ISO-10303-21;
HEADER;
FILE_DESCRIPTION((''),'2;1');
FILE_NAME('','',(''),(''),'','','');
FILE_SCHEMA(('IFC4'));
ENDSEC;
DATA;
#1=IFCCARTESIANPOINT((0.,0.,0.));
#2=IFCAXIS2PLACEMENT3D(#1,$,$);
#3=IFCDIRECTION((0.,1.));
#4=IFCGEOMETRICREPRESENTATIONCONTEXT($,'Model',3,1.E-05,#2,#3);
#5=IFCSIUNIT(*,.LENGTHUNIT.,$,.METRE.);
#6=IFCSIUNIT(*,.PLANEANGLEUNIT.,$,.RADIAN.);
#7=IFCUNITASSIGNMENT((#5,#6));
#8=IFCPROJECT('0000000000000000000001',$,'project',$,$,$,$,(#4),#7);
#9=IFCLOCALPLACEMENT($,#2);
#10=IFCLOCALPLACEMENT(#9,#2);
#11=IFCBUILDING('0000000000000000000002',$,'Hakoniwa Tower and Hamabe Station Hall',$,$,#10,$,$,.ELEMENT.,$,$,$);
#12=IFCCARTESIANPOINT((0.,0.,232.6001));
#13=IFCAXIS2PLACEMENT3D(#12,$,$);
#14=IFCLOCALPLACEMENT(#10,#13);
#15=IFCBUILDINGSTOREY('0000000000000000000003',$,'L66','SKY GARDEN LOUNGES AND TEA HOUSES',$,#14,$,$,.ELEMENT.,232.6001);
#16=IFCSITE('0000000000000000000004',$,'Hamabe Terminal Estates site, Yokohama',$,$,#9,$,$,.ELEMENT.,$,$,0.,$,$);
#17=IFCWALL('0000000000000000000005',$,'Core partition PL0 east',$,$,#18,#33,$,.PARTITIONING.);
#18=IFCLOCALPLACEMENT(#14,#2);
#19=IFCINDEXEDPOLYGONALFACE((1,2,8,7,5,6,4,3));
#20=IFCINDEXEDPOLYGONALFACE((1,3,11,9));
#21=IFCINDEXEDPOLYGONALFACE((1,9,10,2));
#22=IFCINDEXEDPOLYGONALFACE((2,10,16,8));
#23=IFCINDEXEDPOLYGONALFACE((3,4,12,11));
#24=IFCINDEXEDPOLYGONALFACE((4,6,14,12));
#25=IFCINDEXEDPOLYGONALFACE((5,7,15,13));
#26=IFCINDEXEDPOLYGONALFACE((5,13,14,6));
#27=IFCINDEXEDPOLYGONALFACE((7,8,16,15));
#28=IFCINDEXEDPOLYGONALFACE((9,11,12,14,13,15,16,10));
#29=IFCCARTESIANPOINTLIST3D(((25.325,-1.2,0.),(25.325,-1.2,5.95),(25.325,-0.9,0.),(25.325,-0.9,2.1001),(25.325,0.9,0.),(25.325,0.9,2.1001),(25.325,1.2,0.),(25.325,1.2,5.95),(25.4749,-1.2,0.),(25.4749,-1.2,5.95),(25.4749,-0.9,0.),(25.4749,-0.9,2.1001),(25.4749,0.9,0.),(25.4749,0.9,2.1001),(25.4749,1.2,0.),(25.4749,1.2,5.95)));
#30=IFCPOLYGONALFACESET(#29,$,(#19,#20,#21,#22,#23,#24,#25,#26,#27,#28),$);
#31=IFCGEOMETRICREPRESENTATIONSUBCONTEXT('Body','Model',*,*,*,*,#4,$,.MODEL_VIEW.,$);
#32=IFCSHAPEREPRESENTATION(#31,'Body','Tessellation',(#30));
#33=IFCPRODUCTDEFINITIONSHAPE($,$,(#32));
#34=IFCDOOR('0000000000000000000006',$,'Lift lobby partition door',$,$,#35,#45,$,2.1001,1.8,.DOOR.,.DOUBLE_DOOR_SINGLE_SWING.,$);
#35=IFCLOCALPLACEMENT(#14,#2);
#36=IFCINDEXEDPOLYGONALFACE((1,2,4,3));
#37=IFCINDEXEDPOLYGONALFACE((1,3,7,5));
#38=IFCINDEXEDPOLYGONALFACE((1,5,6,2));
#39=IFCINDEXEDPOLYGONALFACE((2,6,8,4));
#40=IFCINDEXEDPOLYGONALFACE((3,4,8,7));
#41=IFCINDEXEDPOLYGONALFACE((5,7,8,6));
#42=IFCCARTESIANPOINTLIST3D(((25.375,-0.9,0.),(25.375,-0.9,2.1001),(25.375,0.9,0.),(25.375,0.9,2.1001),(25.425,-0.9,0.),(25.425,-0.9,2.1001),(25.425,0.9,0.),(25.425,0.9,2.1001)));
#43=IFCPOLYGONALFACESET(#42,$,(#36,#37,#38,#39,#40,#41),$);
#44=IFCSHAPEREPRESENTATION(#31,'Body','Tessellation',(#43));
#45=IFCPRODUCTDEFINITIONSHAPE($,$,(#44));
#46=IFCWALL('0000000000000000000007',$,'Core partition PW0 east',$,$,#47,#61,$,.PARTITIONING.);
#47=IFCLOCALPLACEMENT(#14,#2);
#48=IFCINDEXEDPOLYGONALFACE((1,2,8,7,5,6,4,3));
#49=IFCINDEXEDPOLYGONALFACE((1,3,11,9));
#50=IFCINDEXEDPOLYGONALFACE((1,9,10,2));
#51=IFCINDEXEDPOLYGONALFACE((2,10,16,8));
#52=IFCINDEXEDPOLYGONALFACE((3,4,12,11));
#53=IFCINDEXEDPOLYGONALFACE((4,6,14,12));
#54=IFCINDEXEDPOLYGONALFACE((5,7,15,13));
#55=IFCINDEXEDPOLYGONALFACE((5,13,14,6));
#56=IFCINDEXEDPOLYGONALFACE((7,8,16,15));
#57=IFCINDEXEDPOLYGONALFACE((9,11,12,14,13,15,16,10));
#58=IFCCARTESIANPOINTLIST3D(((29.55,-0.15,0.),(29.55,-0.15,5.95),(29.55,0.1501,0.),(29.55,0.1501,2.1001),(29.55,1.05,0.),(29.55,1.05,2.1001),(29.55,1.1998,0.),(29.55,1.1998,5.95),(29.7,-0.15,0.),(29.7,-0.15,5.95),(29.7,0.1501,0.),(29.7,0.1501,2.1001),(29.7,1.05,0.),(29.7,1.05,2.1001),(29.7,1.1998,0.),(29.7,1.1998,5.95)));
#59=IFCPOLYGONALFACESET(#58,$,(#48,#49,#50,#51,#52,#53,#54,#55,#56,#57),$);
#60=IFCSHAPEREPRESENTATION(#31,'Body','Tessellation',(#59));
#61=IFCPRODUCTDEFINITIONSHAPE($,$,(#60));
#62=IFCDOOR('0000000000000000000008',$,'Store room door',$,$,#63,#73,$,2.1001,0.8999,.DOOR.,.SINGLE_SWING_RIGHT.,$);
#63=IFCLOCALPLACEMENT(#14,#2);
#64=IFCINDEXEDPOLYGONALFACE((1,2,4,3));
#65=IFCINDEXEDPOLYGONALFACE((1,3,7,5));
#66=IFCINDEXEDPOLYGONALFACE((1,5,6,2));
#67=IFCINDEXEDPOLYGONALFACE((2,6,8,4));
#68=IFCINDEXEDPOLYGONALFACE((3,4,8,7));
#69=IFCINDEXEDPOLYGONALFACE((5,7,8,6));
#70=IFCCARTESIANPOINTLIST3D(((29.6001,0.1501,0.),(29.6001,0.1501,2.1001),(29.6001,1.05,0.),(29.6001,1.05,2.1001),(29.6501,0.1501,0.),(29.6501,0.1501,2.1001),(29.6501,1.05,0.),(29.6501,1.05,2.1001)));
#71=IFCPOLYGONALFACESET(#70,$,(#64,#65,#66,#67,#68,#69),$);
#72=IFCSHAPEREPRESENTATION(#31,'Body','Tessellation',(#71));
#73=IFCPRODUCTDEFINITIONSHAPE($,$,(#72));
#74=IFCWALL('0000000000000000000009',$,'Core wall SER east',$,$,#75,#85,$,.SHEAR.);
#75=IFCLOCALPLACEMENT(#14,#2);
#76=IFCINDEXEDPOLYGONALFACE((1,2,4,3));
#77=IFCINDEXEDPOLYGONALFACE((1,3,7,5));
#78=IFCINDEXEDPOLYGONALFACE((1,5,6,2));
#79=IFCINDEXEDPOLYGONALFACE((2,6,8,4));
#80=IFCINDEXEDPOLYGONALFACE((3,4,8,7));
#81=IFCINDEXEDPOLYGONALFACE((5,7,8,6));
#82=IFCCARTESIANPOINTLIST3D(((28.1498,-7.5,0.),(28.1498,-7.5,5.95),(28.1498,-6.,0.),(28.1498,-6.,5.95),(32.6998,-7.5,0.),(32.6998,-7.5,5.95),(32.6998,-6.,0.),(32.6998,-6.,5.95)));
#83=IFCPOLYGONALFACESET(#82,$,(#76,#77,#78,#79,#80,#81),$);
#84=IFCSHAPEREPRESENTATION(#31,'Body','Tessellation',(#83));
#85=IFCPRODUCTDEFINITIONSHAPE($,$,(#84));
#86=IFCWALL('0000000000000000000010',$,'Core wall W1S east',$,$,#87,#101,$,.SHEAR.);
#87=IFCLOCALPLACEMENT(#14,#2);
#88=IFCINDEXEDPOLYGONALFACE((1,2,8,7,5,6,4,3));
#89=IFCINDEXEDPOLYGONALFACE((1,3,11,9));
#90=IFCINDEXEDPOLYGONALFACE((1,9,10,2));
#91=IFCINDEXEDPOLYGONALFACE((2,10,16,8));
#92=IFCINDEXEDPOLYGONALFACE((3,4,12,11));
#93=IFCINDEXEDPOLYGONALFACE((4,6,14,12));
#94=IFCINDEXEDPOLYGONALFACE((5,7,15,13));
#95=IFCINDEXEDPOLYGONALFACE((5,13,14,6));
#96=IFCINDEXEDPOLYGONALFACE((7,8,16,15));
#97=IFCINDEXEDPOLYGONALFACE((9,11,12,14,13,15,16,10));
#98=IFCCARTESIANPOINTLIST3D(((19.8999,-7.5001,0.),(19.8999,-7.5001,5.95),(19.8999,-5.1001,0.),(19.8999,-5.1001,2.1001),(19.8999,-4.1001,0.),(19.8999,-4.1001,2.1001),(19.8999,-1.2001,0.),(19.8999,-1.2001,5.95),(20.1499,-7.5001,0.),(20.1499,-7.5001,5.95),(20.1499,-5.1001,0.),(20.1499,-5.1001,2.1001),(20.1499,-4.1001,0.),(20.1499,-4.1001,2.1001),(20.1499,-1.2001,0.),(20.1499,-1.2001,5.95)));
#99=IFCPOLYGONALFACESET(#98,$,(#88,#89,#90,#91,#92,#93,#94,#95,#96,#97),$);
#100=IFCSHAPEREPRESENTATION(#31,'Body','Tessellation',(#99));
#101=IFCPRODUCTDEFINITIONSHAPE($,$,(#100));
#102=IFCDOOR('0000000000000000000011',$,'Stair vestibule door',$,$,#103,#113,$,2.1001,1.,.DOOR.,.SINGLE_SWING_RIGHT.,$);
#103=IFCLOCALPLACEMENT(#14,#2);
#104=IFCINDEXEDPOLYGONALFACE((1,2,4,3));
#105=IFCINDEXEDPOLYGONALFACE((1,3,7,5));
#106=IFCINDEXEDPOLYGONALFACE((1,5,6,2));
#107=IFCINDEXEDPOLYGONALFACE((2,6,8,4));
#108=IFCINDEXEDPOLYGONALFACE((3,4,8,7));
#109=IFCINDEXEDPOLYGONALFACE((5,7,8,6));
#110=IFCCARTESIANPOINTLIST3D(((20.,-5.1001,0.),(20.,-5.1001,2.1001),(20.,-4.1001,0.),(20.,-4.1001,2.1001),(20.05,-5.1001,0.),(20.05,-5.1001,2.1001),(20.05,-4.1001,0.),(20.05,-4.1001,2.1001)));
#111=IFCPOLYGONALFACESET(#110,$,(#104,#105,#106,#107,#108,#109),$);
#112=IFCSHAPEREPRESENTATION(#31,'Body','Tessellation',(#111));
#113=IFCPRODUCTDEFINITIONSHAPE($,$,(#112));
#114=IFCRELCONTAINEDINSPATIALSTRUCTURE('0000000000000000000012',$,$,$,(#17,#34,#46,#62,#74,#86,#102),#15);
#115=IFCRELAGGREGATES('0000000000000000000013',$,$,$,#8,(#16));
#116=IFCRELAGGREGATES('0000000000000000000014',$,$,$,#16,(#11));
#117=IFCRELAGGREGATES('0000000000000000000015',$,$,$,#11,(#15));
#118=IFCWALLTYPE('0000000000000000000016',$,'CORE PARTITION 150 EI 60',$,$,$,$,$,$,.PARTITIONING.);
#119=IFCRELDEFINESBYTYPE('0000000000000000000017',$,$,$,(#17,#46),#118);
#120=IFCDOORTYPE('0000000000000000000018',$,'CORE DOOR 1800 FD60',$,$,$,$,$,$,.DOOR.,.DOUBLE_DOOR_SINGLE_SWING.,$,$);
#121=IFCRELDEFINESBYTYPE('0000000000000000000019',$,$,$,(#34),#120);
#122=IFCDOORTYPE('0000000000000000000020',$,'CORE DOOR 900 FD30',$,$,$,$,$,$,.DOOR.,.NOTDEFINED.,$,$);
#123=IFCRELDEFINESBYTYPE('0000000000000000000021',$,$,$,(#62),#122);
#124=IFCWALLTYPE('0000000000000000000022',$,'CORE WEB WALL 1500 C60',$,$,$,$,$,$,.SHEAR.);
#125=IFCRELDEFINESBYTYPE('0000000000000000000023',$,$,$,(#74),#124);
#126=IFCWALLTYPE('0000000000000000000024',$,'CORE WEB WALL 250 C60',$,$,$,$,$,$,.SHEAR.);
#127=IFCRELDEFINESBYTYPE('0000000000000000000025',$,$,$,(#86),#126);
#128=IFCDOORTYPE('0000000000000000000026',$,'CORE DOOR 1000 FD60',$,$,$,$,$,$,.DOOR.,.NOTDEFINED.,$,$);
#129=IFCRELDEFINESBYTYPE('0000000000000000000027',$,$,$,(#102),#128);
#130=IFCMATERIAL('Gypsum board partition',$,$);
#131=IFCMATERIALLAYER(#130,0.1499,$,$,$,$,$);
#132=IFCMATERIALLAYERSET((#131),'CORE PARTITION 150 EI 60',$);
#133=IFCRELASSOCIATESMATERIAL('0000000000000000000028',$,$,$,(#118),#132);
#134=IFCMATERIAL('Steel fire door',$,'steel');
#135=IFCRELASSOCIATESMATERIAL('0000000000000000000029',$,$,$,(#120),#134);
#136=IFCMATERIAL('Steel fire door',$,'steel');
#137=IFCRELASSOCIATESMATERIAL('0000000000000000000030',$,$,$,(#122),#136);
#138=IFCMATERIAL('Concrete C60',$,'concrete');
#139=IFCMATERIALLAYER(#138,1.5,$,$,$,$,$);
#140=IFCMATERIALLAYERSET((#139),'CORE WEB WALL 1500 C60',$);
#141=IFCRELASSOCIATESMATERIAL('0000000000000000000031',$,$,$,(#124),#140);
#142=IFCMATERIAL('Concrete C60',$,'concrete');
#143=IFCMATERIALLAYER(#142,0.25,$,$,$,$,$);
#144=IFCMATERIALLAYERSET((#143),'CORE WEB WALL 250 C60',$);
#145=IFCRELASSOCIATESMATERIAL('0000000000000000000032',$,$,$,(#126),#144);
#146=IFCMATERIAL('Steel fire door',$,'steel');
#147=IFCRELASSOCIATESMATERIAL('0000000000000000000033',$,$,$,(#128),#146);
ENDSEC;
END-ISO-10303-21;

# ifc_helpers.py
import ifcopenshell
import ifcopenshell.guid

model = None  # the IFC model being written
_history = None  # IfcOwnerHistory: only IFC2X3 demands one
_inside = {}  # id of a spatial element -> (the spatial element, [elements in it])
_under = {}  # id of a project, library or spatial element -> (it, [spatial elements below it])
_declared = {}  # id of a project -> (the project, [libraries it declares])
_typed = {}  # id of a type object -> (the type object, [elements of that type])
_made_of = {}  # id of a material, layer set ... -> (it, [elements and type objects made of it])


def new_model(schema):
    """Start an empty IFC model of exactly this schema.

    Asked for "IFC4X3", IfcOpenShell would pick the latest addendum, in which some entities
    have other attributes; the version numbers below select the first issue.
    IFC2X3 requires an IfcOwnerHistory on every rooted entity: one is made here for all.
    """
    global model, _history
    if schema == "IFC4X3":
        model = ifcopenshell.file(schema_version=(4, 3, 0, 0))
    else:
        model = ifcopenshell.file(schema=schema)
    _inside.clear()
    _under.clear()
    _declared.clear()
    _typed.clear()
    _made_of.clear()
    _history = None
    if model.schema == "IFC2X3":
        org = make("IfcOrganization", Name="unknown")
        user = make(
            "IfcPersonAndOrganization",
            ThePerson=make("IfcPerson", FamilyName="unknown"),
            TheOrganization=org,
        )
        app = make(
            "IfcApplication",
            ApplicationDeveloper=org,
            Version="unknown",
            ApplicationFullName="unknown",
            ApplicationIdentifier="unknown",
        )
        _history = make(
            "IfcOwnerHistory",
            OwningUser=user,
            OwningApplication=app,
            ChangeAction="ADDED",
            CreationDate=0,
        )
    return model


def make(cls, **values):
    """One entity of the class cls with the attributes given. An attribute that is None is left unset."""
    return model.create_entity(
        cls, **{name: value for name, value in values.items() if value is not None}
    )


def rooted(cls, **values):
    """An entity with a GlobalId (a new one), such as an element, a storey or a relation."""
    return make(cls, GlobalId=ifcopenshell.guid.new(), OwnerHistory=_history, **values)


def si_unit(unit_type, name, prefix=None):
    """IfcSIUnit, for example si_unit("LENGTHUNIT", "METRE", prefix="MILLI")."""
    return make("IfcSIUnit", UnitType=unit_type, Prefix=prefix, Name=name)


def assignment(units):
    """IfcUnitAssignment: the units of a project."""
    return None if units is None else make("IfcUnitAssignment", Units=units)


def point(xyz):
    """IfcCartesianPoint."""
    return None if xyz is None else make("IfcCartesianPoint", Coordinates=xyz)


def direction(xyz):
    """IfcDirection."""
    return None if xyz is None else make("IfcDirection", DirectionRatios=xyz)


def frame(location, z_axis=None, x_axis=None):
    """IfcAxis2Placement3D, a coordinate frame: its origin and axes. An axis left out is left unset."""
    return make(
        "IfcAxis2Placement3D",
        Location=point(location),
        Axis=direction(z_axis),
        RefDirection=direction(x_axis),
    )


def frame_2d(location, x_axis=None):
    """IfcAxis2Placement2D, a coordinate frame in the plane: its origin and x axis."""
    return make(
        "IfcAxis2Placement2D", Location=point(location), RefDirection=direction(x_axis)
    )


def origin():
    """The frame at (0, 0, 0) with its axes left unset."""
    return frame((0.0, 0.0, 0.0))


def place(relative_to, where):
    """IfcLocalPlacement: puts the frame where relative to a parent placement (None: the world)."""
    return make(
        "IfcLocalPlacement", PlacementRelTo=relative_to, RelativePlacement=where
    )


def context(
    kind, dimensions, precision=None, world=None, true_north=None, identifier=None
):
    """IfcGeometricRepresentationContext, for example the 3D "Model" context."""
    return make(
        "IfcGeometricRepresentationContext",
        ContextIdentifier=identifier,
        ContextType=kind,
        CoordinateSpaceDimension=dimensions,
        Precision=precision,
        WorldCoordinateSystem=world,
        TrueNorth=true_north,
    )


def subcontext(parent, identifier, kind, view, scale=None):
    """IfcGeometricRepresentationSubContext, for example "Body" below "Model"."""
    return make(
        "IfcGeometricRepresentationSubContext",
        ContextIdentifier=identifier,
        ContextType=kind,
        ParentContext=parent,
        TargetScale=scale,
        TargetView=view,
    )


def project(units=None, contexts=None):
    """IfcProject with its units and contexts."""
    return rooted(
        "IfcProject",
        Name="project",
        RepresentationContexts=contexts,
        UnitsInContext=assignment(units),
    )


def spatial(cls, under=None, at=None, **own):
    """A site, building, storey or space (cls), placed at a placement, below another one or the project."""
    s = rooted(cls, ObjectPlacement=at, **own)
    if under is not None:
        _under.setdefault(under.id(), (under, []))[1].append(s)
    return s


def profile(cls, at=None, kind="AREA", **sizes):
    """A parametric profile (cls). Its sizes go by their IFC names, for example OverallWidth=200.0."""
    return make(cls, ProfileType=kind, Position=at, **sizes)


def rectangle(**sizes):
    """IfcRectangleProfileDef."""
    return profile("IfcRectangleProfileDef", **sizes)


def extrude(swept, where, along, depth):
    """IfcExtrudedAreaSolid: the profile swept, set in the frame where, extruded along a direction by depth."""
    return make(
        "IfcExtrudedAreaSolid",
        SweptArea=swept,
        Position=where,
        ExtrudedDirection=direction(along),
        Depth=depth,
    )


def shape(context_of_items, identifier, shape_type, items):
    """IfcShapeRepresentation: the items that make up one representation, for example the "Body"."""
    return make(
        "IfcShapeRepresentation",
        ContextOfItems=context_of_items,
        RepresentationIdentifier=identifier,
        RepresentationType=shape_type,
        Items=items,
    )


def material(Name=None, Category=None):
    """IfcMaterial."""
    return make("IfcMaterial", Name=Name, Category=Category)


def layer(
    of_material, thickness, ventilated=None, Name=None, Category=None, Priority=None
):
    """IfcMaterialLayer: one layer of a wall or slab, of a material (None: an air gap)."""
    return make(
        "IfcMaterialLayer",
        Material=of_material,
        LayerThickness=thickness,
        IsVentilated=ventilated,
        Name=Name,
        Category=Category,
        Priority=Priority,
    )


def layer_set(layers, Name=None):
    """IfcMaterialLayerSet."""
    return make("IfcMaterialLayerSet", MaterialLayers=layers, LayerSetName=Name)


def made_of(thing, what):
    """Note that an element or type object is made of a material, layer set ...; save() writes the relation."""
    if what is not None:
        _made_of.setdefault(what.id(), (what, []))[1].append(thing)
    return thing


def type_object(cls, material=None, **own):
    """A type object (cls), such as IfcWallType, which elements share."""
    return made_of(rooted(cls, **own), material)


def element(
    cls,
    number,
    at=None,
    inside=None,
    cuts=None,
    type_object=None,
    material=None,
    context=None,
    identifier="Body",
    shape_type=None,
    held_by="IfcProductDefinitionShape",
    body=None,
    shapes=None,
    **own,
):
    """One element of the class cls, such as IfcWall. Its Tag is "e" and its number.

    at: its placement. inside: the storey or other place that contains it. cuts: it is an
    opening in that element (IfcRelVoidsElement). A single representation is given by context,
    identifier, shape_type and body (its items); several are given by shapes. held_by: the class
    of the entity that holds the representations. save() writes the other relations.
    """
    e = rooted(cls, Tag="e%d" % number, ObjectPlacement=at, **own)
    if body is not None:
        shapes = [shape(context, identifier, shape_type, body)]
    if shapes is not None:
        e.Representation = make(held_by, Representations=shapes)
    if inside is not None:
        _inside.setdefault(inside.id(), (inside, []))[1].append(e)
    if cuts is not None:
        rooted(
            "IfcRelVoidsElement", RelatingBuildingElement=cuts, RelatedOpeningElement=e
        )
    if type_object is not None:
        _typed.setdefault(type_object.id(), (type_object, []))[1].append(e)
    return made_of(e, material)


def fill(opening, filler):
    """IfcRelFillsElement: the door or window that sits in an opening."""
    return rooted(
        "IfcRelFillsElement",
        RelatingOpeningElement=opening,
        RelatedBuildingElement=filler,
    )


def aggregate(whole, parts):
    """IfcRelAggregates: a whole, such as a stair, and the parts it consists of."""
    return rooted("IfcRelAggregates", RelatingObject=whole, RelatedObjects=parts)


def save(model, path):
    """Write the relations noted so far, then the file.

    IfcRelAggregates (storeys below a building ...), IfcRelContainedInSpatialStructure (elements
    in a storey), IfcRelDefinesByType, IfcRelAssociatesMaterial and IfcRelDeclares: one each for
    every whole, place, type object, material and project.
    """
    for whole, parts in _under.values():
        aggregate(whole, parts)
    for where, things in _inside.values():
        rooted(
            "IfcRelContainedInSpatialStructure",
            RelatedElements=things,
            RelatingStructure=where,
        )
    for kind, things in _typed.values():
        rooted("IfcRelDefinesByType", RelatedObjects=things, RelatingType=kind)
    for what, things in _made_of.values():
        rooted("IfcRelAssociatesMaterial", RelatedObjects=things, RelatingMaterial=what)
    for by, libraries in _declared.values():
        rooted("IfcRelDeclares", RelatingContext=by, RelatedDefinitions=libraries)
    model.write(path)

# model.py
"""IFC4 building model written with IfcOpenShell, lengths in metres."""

from ifc_helpers import new_model, si_unit, direction, frame, frame_2d, origin, place, context, subcontext, project, spatial, rectangle, extrude, material, layer, layer_set, type_object, element, fill, save


model = new_model("IFC4")

# Units and contexts
model_context = context("Model", 3, precision=1e-05, world=origin(), true_north=direction((0.0, 1.0)))
body_context = subcontext(model_context, "Body", "Model", "MODEL_VIEW")
ifc_project = project(units=[si_unit("LENGTHUNIT", "METRE"), si_unit("PLANEANGLEUNIT", "RADIAN")], contexts=[model_context])

# Site, building, storey
site_placement = place(None, origin())
site = spatial("IfcSite", under=ifc_project, at=site_placement, Name="Hamabe Terminal Estates site, Yokohama", CompositionType="ELEMENT", RefElevation=0.0)
building_placement = place(site_placement, origin())
building = spatial("IfcBuilding", under=site, at=building_placement, Name="Hakoniwa Tower and Hamabe Station Hall", CompositionType="ELEMENT")
storey_placement = place(building_placement, frame((0.0, 0.0, 232.6001)))
storey = spatial("IfcBuildingStorey", under=building, at=storey_placement, Name="L66", Description="SKY GARDEN LOUNGES AND TEA HOUSES", CompositionType="ELEMENT", Elevation=232.6001)

# Walls, openings, doors
ifc_material_1 = material(Name="Gypsum board partition")
ifc_layer_1 = layer(ifc_material_1, 0.1499)
ifc_layer_set_1 = layer_set([ifc_layer_1], Name="CORE PARTITION 150 EI 60")
wall_type_1 = type_object("IfcWallType", Name="CORE PARTITION 150 EI 60", PredefinedType="PARTITIONING", material=ifc_layer_set_1)
wall_1_placement = place(storey_placement, frame((25.3999, -1.2, 0.0), z_axis=(0.0, 0.0, 1.0), x_axis=(0.0, 1.0, 0.0)))
wall_1 = element("IfcWall", 1, at=wall_1_placement, inside=storey, type_object=wall_type_1, Name="Core partition PL0 east", PredefinedType="PARTITIONING", context=body_context, shape_type="SweptSolid", body=[
    extrude(rectangle(XDim=2.3999, YDim=0.1499, at=frame_2d((1.2, 0.0))), origin(), (0.0, 0.0, 1.0), 5.95),
])
opening_1_placement = place(wall_1_placement, frame((0.3, 0.0, 0.0)))
opening_1 = element("IfcOpeningElement", 2, at=opening_1_placement, cuts=wall_1, PredefinedType="OPENING", context=body_context, shape_type="SweptSolid", body=[
    extrude(rectangle(XDim=1.8, YDim=2.1001, at=frame_2d((0.8999, 1.05))), frame((0.0, 0.085, 0.0), z_axis=(0.0, -1.0, 0.0), x_axis=(1.0, 0.0, 0.0)), (0.0, 0.0, 1.0), 0.1699),
])
ifc_material_2 = material(Name="Steel fire door", Category="steel")
door_type_1 = type_object("IfcDoorType", Name="CORE DOOR 1800 FD60", OperationType="DOUBLE_DOOR_SINGLE_SWING", PredefinedType="DOOR", material=ifc_material_2)
door_1_placement = place(opening_1_placement, origin())
door_1 = element("IfcDoor", 3, at=door_1_placement, inside=storey, type_object=door_type_1, Name="Lift lobby partition door", OperationType="DOUBLE_DOOR_SINGLE_SWING", OverallHeight=2.1001, OverallWidth=1.8, PredefinedType="DOOR", context=body_context, shape_type="SweptSolid", body=[
    extrude(rectangle(XDim=1.8, YDim=2.1001, at=frame_2d((0.8999, 1.05))), frame((0.0, 0.0249, 0.0), z_axis=(0.0, -1.0, 0.0), x_axis=(1.0, 0.0, 0.0)), (0.0, 0.0, 1.0), 0.05),
])
fill(opening_1, door_1)
wall_2_placement = place(storey_placement, frame((29.625, -0.1499, 0.0), z_axis=(0.0, 0.0, 1.0), x_axis=(0.0, 1.0, 0.0)))
wall_2 = element("IfcWall", 4, at=wall_2_placement, inside=storey, type_object=wall_type_1, Name="Core partition PW0 east", PredefinedType="PARTITIONING", context=body_context, shape_type="SweptSolid", body=[
    extrude(rectangle(XDim=1.3499, YDim=0.1499, at=frame_2d((0.6748, 0.0))), origin(), (0.0, 0.0, 1.0), 5.95),
])
opening_2_placement = place(wall_2_placement, frame((0.3, 0.0, 0.0)))
opening_2 = element("IfcOpeningElement", 5, at=opening_2_placement, cuts=wall_2, PredefinedType="OPENING", context=body_context, shape_type="SweptSolid", body=[
    extrude(rectangle(XDim=0.8999, YDim=2.1001, at=frame_2d((0.45, 1.05))), frame((0.0, 0.085, 0.0), z_axis=(0.0, -1.0, 0.0), x_axis=(1.0, 0.0, 0.0)), (0.0, 0.0, 1.0), 0.1699),
])
ifc_material_3 = material(Name="Steel fire door", Category="steel")
door_type_2 = type_object("IfcDoorType", Name="CORE DOOR 900 FD30", OperationType="NOTDEFINED", PredefinedType="DOOR", material=ifc_material_3)
door_2_placement = place(opening_2_placement, origin())
door_2 = element("IfcDoor", 6, at=door_2_placement, inside=storey, type_object=door_type_2, Name="Store room door", OperationType="SINGLE_SWING_RIGHT", OverallHeight=2.1001, OverallWidth=0.8999, PredefinedType="DOOR", context=body_context, shape_type="SweptSolid", body=[
    extrude(rectangle(XDim=0.8999, YDim=2.1001, at=frame_2d((0.45, 1.05))), frame((0.0, 0.0249, 0.0), z_axis=(0.0, -1.0, 0.0), x_axis=(1.0, 0.0, 0.0)), (0.0, 0.0, 1.0), 0.05),
])
fill(opening_2, door_2)

# Wall
ifc_material_4 = material(Name="Concrete C60", Category="concrete")
ifc_layer_2 = layer(ifc_material_4, 1.5)
ifc_layer_set_2 = layer_set([ifc_layer_2], Name="CORE WEB WALL 1500 C60")
wall_type_2 = type_object("IfcWallType", Name="CORE WEB WALL 1500 C60", PredefinedType="SHEAR", material=ifc_layer_set_2)
wall_3_placement = place(storey_placement, frame((28.1499, -6.75, 0.0), z_axis=(0.0, 0.0, 1.0), x_axis=(1.0, 0.0, 0.0)))
element("IfcWall", 7, at=wall_3_placement, inside=storey, type_object=wall_type_2, Name="Core wall SER east", PredefinedType="SHEAR", context=body_context, shape_type="SweptSolid", body=[
    extrude(rectangle(XDim=4.55, YDim=1.5, at=frame_2d((2.2749, 0.0))), origin(), (0.0, 0.0, 1.0), 5.95),
])

# Wall, opening, door
ifc_material_5 = material(Name="Concrete C60", Category="concrete")
ifc_layer_3 = layer(ifc_material_5, 0.25)
ifc_layer_set_3 = layer_set([ifc_layer_3], Name="CORE WEB WALL 250 C60")
wall_type_3 = type_object("IfcWallType", Name="CORE WEB WALL 250 C60", PredefinedType="SHEAR", material=ifc_layer_set_3)
wall_4_placement = place(storey_placement, frame((20.0249, -7.5, 0.0), z_axis=(0.0, 0.0, 1.0), x_axis=(0.0, 1.0, 0.0)))
wall_4 = element("IfcWall", 8, at=wall_4_placement, inside=storey, type_object=wall_type_3, Name="Core wall W1S east", PredefinedType="SHEAR", context=body_context, shape_type="SweptSolid", body=[
    extrude(rectangle(XDim=6.3, YDim=0.25, at=frame_2d((3.1499, 0.0))), origin(), (0.0, 0.0, 1.0), 5.95),
])
opening_3_placement = place(wall_4_placement, frame((2.3999, 0.0, 0.0)))
opening_3 = element("IfcOpeningElement", 9, at=opening_3_placement, cuts=wall_4, PredefinedType="OPENING", context=body_context, shape_type="SweptSolid", body=[
    extrude(rectangle(XDim=1.0, YDim=2.1001, at=frame_2d((0.5, 1.05))), frame((0.0, 0.135, 0.0), z_axis=(0.0, -1.0, 0.0), x_axis=(1.0, 0.0, 0.0)), (0.0, 0.0, 1.0), 0.27),
])
ifc_material_6 = material(Name="Steel fire door", Category="steel")
door_type_3 = type_object("IfcDoorType", Name="CORE DOOR 1000 FD60", OperationType="NOTDEFINED", PredefinedType="DOOR", material=ifc_material_6)
door_3_placement = place(opening_3_placement, origin())
door_3 = element("IfcDoor", 10, at=door_3_placement, inside=storey, type_object=door_type_3, Name="Stair vestibule door", OperationType="SINGLE_SWING_RIGHT", OverallHeight=2.1001, OverallWidth=1.0, PredefinedType="DOOR", context=body_context, shape_type="SweptSolid", body=[
    extrude(rectangle(XDim=1.0, YDim=2.1001, at=frame_2d((0.5, 1.05))), frame((0.0, 0.0249, 0.0), z_axis=(0.0, -1.0, 0.0), x_axis=(1.0, 0.0, 0.0)), (0.0, 0.0, 1.0), 0.05),
])
fill(opening_3, door_3)

save(model, "model.ifc")
